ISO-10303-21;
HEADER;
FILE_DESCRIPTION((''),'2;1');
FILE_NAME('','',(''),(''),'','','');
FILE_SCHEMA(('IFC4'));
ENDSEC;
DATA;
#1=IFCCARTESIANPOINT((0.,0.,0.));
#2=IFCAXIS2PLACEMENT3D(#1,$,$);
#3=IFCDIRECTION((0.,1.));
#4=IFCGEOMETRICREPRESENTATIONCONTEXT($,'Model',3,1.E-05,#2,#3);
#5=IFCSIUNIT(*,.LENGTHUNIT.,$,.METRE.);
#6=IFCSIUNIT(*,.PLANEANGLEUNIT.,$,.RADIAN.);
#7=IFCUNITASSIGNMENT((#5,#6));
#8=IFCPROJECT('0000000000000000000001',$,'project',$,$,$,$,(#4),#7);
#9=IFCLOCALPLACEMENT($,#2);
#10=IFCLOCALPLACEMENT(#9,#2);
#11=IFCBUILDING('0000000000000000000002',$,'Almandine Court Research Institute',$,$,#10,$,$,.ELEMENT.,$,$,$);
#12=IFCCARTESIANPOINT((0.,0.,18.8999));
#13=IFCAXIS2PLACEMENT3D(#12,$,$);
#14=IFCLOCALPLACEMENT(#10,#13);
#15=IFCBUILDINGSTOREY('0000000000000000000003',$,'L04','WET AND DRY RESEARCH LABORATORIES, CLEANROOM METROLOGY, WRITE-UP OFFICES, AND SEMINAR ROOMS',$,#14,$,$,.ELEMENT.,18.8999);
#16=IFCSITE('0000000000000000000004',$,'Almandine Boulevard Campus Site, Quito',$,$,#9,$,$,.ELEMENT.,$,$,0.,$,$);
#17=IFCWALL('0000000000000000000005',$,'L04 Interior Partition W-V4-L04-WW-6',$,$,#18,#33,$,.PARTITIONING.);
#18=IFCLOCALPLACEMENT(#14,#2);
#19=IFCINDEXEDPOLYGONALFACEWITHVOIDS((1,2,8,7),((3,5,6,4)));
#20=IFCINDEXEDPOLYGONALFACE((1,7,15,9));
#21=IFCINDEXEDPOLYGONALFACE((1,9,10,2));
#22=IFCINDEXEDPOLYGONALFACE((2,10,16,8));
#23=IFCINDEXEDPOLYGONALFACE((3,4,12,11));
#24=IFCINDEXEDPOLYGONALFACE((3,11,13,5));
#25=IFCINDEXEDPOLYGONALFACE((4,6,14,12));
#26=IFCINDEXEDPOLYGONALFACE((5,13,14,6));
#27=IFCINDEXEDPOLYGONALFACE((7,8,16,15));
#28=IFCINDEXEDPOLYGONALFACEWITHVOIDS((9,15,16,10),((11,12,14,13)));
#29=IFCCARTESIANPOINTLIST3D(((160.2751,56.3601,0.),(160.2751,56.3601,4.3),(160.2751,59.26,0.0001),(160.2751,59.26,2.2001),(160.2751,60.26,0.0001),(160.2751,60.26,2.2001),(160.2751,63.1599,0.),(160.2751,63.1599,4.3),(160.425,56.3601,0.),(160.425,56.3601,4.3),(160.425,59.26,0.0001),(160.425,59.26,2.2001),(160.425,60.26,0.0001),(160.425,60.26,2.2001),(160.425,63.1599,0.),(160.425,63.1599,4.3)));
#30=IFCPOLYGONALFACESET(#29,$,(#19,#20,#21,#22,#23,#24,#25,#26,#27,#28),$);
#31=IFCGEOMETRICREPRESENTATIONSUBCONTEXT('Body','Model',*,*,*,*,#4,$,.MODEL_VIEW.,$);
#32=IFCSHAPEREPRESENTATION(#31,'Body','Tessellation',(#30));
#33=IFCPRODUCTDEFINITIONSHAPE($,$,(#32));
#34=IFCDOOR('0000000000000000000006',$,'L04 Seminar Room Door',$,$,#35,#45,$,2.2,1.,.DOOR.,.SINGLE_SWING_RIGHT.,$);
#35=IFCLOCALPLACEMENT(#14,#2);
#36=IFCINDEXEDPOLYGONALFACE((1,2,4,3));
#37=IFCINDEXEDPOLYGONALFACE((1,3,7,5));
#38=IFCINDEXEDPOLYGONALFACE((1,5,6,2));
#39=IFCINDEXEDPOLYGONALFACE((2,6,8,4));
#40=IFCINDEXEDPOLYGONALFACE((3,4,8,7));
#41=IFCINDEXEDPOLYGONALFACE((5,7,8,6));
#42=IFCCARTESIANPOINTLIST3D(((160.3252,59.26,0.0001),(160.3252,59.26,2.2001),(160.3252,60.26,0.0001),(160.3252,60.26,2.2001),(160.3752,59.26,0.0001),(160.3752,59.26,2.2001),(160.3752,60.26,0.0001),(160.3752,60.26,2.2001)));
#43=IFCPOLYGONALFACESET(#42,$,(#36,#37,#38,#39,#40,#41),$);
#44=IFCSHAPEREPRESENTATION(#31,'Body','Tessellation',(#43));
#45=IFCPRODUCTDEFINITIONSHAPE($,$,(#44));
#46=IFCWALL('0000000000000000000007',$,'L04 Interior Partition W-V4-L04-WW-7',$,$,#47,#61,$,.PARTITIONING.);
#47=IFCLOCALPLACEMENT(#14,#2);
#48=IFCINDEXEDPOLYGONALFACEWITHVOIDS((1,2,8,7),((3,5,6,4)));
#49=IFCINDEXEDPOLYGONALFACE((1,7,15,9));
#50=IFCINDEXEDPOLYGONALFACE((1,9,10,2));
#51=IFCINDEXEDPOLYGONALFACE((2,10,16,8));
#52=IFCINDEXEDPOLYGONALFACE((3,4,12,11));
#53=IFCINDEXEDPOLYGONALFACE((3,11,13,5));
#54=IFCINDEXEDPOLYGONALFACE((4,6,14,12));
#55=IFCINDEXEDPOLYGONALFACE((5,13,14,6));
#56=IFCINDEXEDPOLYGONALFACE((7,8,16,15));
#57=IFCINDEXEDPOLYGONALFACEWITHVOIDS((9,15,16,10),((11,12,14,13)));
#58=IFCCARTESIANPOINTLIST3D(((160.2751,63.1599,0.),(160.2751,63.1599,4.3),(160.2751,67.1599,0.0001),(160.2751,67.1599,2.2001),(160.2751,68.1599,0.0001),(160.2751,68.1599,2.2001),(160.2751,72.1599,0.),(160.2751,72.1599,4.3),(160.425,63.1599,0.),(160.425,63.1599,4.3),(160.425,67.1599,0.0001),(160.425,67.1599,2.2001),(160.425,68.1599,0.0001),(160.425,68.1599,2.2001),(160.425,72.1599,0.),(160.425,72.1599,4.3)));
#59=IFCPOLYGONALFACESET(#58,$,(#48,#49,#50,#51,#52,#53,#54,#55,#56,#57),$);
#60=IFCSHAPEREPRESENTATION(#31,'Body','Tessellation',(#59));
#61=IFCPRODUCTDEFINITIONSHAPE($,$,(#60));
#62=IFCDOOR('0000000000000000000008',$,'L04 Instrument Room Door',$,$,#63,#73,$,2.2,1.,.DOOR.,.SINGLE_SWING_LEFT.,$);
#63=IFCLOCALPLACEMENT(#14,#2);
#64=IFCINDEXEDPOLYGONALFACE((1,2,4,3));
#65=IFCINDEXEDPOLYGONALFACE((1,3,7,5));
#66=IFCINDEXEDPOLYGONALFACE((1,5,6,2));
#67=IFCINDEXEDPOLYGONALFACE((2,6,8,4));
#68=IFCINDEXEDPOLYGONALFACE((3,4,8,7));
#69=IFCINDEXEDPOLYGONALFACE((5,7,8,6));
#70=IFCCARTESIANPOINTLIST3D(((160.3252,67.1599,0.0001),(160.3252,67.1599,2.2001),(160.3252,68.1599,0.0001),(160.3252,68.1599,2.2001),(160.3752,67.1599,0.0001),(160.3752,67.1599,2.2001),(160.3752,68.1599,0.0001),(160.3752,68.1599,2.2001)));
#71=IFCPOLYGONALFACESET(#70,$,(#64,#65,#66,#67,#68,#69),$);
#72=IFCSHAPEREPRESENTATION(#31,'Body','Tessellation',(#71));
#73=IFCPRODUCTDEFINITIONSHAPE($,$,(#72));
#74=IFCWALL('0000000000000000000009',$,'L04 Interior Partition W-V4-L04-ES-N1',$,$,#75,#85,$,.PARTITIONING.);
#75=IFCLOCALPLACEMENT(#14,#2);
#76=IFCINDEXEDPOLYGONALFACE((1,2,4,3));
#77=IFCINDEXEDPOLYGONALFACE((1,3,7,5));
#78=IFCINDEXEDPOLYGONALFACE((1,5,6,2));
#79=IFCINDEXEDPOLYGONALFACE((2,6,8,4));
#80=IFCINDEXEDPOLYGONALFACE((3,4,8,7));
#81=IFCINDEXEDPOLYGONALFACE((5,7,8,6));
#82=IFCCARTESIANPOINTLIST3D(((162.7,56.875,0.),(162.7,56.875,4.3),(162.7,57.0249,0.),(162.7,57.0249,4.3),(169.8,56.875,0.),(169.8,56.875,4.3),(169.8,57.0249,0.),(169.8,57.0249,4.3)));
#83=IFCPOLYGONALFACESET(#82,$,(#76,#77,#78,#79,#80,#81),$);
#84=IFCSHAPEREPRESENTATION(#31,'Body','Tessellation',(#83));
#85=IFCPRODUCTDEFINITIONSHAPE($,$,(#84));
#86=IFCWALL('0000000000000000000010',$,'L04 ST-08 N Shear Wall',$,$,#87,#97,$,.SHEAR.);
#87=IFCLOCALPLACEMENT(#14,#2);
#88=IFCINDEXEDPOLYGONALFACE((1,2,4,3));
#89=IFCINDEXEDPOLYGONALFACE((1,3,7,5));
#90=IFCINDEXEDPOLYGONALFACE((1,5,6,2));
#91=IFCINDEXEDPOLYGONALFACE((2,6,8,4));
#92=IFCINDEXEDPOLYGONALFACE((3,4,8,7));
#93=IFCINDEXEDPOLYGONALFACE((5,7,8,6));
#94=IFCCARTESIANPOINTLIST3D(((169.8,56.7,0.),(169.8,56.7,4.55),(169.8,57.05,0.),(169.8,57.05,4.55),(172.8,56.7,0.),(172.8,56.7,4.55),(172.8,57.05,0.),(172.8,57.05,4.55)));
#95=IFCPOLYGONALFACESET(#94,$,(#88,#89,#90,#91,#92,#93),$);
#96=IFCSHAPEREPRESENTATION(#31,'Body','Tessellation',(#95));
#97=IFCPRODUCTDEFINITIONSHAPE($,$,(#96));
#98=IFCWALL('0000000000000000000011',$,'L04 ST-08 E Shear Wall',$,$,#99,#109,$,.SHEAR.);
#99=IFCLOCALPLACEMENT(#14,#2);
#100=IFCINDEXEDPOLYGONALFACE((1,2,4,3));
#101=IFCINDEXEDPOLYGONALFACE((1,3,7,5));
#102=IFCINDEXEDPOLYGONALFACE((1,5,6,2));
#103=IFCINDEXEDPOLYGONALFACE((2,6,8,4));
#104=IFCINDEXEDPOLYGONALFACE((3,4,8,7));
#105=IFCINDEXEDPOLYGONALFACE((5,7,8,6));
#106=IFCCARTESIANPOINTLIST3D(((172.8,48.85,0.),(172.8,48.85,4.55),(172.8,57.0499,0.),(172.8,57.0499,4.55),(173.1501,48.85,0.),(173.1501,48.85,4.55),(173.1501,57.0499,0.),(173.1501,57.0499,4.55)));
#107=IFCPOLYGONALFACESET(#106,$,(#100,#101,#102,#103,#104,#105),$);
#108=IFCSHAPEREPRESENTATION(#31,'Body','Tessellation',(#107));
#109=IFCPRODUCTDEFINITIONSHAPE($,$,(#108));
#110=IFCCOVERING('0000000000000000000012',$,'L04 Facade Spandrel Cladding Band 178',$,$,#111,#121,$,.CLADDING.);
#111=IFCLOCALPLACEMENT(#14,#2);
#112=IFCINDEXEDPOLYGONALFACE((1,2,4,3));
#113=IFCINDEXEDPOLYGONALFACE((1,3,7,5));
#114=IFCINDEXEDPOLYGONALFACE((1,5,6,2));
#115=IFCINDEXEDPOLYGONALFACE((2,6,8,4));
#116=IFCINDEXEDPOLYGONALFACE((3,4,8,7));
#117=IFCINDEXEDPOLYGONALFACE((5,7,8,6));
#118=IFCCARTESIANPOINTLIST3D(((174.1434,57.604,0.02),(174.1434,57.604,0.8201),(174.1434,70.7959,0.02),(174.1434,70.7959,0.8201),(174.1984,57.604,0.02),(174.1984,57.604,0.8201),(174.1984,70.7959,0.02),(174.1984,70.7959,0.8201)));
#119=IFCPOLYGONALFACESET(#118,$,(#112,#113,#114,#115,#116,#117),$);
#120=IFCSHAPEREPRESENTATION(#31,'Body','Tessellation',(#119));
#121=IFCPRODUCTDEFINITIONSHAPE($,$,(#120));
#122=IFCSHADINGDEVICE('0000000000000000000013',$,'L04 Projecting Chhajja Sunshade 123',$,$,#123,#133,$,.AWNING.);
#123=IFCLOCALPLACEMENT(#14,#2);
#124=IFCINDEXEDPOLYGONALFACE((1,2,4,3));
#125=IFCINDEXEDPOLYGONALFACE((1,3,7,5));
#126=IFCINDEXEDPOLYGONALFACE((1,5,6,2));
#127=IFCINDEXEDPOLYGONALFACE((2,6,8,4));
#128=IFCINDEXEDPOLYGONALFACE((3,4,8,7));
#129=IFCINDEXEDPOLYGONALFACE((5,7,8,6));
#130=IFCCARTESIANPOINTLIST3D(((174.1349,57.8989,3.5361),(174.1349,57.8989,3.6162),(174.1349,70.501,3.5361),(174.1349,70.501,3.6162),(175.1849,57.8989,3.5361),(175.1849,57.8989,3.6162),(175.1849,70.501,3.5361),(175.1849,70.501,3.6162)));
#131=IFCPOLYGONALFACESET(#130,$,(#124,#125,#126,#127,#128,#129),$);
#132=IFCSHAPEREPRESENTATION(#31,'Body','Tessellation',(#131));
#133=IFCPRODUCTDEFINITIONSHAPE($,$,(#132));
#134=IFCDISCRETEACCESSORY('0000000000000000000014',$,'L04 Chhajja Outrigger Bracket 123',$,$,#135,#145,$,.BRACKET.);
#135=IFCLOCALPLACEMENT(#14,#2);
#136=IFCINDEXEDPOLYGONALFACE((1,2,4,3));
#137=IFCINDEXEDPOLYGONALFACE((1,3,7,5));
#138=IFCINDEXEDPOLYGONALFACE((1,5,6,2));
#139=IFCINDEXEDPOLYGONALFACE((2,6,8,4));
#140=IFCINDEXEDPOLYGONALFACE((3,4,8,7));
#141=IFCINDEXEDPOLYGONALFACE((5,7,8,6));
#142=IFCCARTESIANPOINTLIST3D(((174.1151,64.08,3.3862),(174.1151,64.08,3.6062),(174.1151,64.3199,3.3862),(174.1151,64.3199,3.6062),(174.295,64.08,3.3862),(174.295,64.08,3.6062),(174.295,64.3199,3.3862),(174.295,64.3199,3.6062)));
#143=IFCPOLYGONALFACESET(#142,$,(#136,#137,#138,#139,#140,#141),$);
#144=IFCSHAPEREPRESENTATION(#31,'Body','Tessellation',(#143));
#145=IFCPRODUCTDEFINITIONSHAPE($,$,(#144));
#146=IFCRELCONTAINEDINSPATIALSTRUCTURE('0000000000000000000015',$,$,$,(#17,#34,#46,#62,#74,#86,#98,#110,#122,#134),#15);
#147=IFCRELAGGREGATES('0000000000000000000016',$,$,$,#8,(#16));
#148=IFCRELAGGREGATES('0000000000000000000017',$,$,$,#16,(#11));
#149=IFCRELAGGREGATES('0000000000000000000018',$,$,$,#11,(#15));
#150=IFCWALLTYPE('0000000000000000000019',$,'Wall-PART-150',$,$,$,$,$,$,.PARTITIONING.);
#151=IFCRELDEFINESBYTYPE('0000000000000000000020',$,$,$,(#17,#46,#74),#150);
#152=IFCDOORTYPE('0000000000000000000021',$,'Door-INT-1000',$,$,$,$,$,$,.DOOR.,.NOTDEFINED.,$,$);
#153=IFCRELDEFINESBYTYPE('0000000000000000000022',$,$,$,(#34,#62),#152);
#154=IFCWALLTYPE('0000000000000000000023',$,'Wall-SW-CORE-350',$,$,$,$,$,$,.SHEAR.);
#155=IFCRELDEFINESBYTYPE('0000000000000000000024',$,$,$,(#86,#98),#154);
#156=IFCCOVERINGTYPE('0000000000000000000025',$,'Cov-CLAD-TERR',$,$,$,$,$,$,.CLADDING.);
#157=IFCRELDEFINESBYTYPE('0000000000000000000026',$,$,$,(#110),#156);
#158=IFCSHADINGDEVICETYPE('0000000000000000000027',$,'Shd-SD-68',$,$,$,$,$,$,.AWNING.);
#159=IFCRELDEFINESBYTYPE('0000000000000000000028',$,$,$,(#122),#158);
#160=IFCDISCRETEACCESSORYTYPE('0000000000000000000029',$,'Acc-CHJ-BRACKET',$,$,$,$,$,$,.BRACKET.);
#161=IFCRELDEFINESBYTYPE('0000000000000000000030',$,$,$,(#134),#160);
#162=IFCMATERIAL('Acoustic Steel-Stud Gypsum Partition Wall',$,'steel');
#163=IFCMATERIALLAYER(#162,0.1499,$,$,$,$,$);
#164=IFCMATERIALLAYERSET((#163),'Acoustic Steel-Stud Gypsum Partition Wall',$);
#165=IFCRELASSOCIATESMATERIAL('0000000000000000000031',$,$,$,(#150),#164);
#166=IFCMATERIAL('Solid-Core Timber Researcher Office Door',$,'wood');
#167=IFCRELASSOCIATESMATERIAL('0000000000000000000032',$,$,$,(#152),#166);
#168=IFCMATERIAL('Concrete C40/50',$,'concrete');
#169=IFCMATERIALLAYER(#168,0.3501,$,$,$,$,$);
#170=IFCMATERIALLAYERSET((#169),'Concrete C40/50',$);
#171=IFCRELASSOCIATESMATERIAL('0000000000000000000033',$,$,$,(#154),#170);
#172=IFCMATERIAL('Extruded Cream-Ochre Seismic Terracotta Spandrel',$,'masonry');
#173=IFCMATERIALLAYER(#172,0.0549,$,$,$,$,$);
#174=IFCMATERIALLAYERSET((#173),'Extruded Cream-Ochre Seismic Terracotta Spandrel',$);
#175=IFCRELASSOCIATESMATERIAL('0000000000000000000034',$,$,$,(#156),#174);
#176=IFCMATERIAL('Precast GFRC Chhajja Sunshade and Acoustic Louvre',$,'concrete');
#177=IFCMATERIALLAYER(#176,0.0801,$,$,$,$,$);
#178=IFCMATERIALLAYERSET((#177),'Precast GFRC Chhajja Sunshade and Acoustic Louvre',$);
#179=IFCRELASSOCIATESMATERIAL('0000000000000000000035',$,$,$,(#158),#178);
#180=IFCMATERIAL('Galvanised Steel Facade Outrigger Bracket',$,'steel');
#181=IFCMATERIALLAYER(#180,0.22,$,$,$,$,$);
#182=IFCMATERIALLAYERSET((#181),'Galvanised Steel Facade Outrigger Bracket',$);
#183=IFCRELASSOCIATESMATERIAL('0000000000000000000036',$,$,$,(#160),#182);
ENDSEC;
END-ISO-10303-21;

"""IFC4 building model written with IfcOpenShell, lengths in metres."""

from ifc_helpers import new_model, si_unit, direction, frame, frame_2d, origin, origin_2d, place, context, subcontext, project, spatial, rectangle, extrude, material, layer, layer_set, type_object, element, fill, save


model = new_model("IFC4")

# Units and contexts
model_context = context("Model", 3, precision=1e-05, world=origin(), true_north=direction((0.0, 1.0)))
body_context = subcontext(model_context, "Body", "Model", "MODEL_VIEW")
ifc_project = project(units=[si_unit("LENGTHUNIT", "METRE"), si_unit("PLANEANGLEUNIT", "RADIAN")], contexts=[model_context])

# Site, building, storey
site_placement = place(None, origin())
site = spatial("IfcSite", under=ifc_project, at=site_placement, Name="Almandine Boulevard Campus Site, Quito", CompositionType="ELEMENT", RefElevation=0.0)
building_placement = place(site_placement, origin())
building = spatial("IfcBuilding", under=site, at=building_placement, Name="Almandine Court Research Institute", CompositionType="ELEMENT")
storey_placement = place(building_placement, frame((0.0, 0.0, 18.8999)))
storey = spatial("IfcBuildingStorey", under=building, at=storey_placement, Name="L04", Description="WET AND DRY RESEARCH LABORATORIES, CLEANROOM METROLOGY, WRITE-UP OFFICES, AND SEMINAR ROOMS", CompositionType="ELEMENT", Elevation=18.8999)

# Walls, openings, doors
ifc_material_1 = material(Name="Acoustic Steel-Stud Gypsum Partition Wall", Category="steel")
ifc_layer_1 = layer(ifc_material_1, 0.1499)
ifc_layer_set_1 = layer_set([ifc_layer_1], Name="Acoustic Steel-Stud Gypsum Partition Wall")
wall_type_1 = type_object("IfcWallType", Name="Wall-PART-150", PredefinedType="PARTITIONING", material=ifc_layer_set_1)
wall_1_placement = place(storey_placement, frame((160.3501, 56.3601, 0.0), z_axis=(0.0, 0.0, 1.0), x_axis=(0.0, 1.0, 0.0)))
wall_1 = element("IfcWall", 1, at=wall_1_placement, inside=storey, type_object=wall_type_1, Name="L04 Interior Partition W-V4-L04-WW-6", PredefinedType="PARTITIONING", context=body_context, shape_type="SweptSolid", body=[
    extrude(rectangle(XDim=6.7998, YDim=0.1499, at=frame_2d((3.3999, 0.0))), origin(), (0.0, 0.0, 1.0), 4.3),
])
opening_1_placement = place(wall_1_placement, frame((2.8999, 0.0, 0.0)))
opening_1 = element("IfcOpeningElement", 2, at=opening_1_placement, cuts=wall_1, PredefinedType="OPENING", context=body_context, shape_type="SweptSolid", body=[
    extrude(rectangle(XDim=1.0, YDim=2.2, at=frame_2d((0.5, 1.1001))), frame((0.0, 0.085, 0.0), z_axis=(0.0, -1.0, 0.0), x_axis=(1.0, 0.0, 0.0)), (0.0, 0.0, 1.0), 0.1699),
])
ifc_material_2 = material(Name="Solid-Core Timber Researcher Office Door", Category="wood")
door_type_1 = type_object("IfcDoorType", Name="Door-INT-1000", OperationType="NOTDEFINED", PredefinedType="DOOR", material=ifc_material_2)
door_1_placement = place(opening_1_placement, origin())
door_1 = element("IfcDoor", 3, at=door_1_placement, inside=storey, type_object=door_type_1, Name="L04 Seminar Room Door", OperationType="SINGLE_SWING_RIGHT", OverallHeight=2.2, OverallWidth=1.0, PredefinedType="DOOR", context=body_context, shape_type="SweptSolid", body=[
    extrude(rectangle(XDim=1.0, YDim=2.2, at=frame_2d((0.5, 1.1001))), frame((0.0, 0.0249, 0.0), z_axis=(0.0, -1.0, 0.0), x_axis=(1.0, 0.0, 0.0)), (0.0, 0.0, 1.0), 0.05),
])
fill(opening_1, door_1)
wall_2_placement = place(storey_placement, frame((160.3501, 63.1599, 0.0), z_axis=(0.0, 0.0, 1.0), x_axis=(0.0, 1.0, 0.0)))
wall_2 = element("IfcWall", 4, at=wall_2_placement, inside=storey, type_object=wall_type_1, Name="L04 Interior Partition W-V4-L04-WW-7", PredefinedType="PARTITIONING", context=body_context, shape_type="SweptSolid", body=[
    extrude(rectangle(XDim=9.0, YDim=0.1499, at=frame_2d((4.5, 0.0))), origin(), (0.0, 0.0, 1.0), 4.3),
])
opening_2_placement = place(wall_2_placement, frame((4.0, 0.0, 0.0)))
opening_2 = element("IfcOpeningElement", 5, at=opening_2_placement, cuts=wall_2, PredefinedType="OPENING", context=body_context, shape_type="SweptSolid", body=[
    extrude(rectangle(XDim=1.0, YDim=2.2, at=frame_2d((0.5, 1.1001))), frame((0.0, 0.085, 0.0), z_axis=(0.0, -1.0, 0.0), x_axis=(1.0, 0.0, 0.0)), (0.0, 0.0, 1.0), 0.1699),
])
door_2_placement = place(opening_2_placement, origin())
door_2 = element("IfcDoor", 6, at=door_2_placement, inside=storey, type_object=door_type_1, Name="L04 Instrument Room Door", OperationType="SINGLE_SWING_LEFT", OverallHeight=2.2, OverallWidth=1.0, PredefinedType="DOOR", context=body_context, shape_type="SweptSolid", body=[
    extrude(rectangle(XDim=1.0, YDim=2.2, at=frame_2d((0.5, 1.1001))), frame((0.0, 0.0249, 0.0), z_axis=(0.0, -1.0, 0.0), x_axis=(1.0, 0.0, 0.0)), (0.0, 0.0, 1.0), 0.05),
])
fill(opening_2, door_2)

# Walls
wall_3_placement = place(storey_placement, frame((162.7, 56.95, 0.0), z_axis=(0.0, 0.0, 1.0), x_axis=(1.0, 0.0, 0.0)))
element("IfcWall", 7, at=wall_3_placement, inside=storey, type_object=wall_type_1, Name="L04 Interior Partition W-V4-L04-ES-N1", PredefinedType="PARTITIONING", context=body_context, shape_type="SweptSolid", body=[
    extrude(rectangle(XDim=7.1001, YDim=0.1499, at=frame_2d((3.55, 0.0))), origin(), (0.0, 0.0, 1.0), 4.3),
])
ifc_material_3 = material(Name="Concrete C40/50", Category="concrete")
ifc_layer_2 = layer(ifc_material_3, 0.3501)
ifc_layer_set_2 = layer_set([ifc_layer_2], Name="Concrete C40/50")
wall_type_2 = type_object("IfcWallType", Name="Wall-SW-CORE-350", PredefinedType="SHEAR", material=ifc_layer_set_2)
wall_4_placement = place(storey_placement, frame((169.8, 56.875, 0.0), z_axis=(0.0, 0.0, 1.0), x_axis=(1.0, 0.0, 0.0)))
element("IfcWall", 8, at=wall_4_placement, inside=storey, type_object=wall_type_2, Name="L04 ST-08 N Shear Wall", PredefinedType="SHEAR", context=body_context, shape_type="SweptSolid", body=[
    extrude(rectangle(XDim=3.0, YDim=0.3501, at=frame_2d((1.5, 0.0))), origin(), (0.0, 0.0, 1.0), 4.55),
])
wall_5_placement = place(storey_placement, frame((172.9751, 57.05, 0.0), z_axis=(0.0, 0.0, 1.0), x_axis=(0.0, -1.0, 0.0)))
element("IfcWall", 9, at=wall_5_placement, inside=storey, type_object=wall_type_2, Name="L04 ST-08 E Shear Wall", PredefinedType="SHEAR", context=body_context, shape_type="SweptSolid", body=[
    extrude(rectangle(XDim=8.2, YDim=0.3501, at=frame_2d((4.1001, 0.0))), origin(), (0.0, 0.0, 1.0), 4.55),
])

# Covering
ifc_material_4 = material(Name="Extruded Cream-Ochre Seismic Terracotta Spandrel", Category="masonry")
ifc_layer_3 = layer(ifc_material_4, 0.0549)
ifc_layer_set_3 = layer_set([ifc_layer_3], Name="Extruded Cream-Ochre Seismic Terracotta Spandrel")
covering_type = type_object("IfcCoveringType", Name="Cov-CLAD-TERR", PredefinedType="CLADDING", material=ifc_layer_set_3)
covering_placement = place(storey_placement, frame((174.1709, 64.2, 0.02), z_axis=(0.0, 0.0, 1.0), x_axis=(0.0, -1.0, 0.0)))
element("IfcCovering", 10, at=covering_placement, inside=storey, type_object=covering_type, Name="L04 Facade Spandrel Cladding Band 178", PredefinedType="CLADDING", context=body_context, shape_type="SweptSolid", body=[
    extrude(rectangle(XDim=13.1919, YDim=0.0549, at=origin_2d()), origin(), (0.0, 0.0, 1.0), 0.8),
])

# Shading device
ifc_material_5 = material(Name="Precast GFRC Chhajja Sunshade and Acoustic Louvre", Category="concrete")
ifc_layer_4 = layer(ifc_material_5, 0.0801)
ifc_layer_set_4 = layer_set([ifc_layer_4], Name="Precast GFRC Chhajja Sunshade and Acoustic Louvre")
shading_device_type = type_object("IfcShadingDeviceType", Name="Shd-SD-68", PredefinedType="AWNING", material=ifc_layer_set_4)
shading_device_placement = place(storey_placement, frame((174.6599, 64.2, 3.5361), z_axis=(0.0, 0.0, 1.0), x_axis=(0.0, -1.0, 0.0)))
element("IfcShadingDevice", 11, at=shading_device_placement, inside=storey, type_object=shading_device_type, Name="L04 Projecting Chhajja Sunshade 123", PredefinedType="AWNING", context=body_context, shape_type="SweptSolid", body=[
    extrude(rectangle(XDim=12.6021, YDim=1.05, at=origin_2d()), origin(), (0.0, 0.0, 1.0), 0.0801),
])

# Discrete accessory
ifc_material_6 = material(Name="Galvanised Steel Facade Outrigger Bracket", Category="steel")
ifc_layer_5 = layer(ifc_material_6, 0.22)
ifc_layer_set_5 = layer_set([ifc_layer_5], Name="Galvanised Steel Facade Outrigger Bracket")
discrete_accessory_type = type_object("IfcDiscreteAccessoryType", Name="Acc-CHJ-BRACKET", PredefinedType="BRACKET", material=ifc_layer_set_5)
discrete_accessory_placement = place(storey_placement, frame((174.2051, 64.2, 3.3862), z_axis=(0.0, 0.0, 1.0), x_axis=(0.0, -1.0, 0.0)))
element("IfcDiscreteAccessory", 12, at=discrete_accessory_placement, inside=storey, type_object=discrete_accessory_type, Name="L04 Chhajja Outrigger Bracket 123", PredefinedType="BRACKET", context=body_context, shape_type="SweptSolid", body=[
    extrude(rectangle(XDim=0.24, YDim=0.1799, at=origin_2d()), origin(), (0.0, 0.0, 1.0), 0.22),
])

save(model, "model.ifc")
